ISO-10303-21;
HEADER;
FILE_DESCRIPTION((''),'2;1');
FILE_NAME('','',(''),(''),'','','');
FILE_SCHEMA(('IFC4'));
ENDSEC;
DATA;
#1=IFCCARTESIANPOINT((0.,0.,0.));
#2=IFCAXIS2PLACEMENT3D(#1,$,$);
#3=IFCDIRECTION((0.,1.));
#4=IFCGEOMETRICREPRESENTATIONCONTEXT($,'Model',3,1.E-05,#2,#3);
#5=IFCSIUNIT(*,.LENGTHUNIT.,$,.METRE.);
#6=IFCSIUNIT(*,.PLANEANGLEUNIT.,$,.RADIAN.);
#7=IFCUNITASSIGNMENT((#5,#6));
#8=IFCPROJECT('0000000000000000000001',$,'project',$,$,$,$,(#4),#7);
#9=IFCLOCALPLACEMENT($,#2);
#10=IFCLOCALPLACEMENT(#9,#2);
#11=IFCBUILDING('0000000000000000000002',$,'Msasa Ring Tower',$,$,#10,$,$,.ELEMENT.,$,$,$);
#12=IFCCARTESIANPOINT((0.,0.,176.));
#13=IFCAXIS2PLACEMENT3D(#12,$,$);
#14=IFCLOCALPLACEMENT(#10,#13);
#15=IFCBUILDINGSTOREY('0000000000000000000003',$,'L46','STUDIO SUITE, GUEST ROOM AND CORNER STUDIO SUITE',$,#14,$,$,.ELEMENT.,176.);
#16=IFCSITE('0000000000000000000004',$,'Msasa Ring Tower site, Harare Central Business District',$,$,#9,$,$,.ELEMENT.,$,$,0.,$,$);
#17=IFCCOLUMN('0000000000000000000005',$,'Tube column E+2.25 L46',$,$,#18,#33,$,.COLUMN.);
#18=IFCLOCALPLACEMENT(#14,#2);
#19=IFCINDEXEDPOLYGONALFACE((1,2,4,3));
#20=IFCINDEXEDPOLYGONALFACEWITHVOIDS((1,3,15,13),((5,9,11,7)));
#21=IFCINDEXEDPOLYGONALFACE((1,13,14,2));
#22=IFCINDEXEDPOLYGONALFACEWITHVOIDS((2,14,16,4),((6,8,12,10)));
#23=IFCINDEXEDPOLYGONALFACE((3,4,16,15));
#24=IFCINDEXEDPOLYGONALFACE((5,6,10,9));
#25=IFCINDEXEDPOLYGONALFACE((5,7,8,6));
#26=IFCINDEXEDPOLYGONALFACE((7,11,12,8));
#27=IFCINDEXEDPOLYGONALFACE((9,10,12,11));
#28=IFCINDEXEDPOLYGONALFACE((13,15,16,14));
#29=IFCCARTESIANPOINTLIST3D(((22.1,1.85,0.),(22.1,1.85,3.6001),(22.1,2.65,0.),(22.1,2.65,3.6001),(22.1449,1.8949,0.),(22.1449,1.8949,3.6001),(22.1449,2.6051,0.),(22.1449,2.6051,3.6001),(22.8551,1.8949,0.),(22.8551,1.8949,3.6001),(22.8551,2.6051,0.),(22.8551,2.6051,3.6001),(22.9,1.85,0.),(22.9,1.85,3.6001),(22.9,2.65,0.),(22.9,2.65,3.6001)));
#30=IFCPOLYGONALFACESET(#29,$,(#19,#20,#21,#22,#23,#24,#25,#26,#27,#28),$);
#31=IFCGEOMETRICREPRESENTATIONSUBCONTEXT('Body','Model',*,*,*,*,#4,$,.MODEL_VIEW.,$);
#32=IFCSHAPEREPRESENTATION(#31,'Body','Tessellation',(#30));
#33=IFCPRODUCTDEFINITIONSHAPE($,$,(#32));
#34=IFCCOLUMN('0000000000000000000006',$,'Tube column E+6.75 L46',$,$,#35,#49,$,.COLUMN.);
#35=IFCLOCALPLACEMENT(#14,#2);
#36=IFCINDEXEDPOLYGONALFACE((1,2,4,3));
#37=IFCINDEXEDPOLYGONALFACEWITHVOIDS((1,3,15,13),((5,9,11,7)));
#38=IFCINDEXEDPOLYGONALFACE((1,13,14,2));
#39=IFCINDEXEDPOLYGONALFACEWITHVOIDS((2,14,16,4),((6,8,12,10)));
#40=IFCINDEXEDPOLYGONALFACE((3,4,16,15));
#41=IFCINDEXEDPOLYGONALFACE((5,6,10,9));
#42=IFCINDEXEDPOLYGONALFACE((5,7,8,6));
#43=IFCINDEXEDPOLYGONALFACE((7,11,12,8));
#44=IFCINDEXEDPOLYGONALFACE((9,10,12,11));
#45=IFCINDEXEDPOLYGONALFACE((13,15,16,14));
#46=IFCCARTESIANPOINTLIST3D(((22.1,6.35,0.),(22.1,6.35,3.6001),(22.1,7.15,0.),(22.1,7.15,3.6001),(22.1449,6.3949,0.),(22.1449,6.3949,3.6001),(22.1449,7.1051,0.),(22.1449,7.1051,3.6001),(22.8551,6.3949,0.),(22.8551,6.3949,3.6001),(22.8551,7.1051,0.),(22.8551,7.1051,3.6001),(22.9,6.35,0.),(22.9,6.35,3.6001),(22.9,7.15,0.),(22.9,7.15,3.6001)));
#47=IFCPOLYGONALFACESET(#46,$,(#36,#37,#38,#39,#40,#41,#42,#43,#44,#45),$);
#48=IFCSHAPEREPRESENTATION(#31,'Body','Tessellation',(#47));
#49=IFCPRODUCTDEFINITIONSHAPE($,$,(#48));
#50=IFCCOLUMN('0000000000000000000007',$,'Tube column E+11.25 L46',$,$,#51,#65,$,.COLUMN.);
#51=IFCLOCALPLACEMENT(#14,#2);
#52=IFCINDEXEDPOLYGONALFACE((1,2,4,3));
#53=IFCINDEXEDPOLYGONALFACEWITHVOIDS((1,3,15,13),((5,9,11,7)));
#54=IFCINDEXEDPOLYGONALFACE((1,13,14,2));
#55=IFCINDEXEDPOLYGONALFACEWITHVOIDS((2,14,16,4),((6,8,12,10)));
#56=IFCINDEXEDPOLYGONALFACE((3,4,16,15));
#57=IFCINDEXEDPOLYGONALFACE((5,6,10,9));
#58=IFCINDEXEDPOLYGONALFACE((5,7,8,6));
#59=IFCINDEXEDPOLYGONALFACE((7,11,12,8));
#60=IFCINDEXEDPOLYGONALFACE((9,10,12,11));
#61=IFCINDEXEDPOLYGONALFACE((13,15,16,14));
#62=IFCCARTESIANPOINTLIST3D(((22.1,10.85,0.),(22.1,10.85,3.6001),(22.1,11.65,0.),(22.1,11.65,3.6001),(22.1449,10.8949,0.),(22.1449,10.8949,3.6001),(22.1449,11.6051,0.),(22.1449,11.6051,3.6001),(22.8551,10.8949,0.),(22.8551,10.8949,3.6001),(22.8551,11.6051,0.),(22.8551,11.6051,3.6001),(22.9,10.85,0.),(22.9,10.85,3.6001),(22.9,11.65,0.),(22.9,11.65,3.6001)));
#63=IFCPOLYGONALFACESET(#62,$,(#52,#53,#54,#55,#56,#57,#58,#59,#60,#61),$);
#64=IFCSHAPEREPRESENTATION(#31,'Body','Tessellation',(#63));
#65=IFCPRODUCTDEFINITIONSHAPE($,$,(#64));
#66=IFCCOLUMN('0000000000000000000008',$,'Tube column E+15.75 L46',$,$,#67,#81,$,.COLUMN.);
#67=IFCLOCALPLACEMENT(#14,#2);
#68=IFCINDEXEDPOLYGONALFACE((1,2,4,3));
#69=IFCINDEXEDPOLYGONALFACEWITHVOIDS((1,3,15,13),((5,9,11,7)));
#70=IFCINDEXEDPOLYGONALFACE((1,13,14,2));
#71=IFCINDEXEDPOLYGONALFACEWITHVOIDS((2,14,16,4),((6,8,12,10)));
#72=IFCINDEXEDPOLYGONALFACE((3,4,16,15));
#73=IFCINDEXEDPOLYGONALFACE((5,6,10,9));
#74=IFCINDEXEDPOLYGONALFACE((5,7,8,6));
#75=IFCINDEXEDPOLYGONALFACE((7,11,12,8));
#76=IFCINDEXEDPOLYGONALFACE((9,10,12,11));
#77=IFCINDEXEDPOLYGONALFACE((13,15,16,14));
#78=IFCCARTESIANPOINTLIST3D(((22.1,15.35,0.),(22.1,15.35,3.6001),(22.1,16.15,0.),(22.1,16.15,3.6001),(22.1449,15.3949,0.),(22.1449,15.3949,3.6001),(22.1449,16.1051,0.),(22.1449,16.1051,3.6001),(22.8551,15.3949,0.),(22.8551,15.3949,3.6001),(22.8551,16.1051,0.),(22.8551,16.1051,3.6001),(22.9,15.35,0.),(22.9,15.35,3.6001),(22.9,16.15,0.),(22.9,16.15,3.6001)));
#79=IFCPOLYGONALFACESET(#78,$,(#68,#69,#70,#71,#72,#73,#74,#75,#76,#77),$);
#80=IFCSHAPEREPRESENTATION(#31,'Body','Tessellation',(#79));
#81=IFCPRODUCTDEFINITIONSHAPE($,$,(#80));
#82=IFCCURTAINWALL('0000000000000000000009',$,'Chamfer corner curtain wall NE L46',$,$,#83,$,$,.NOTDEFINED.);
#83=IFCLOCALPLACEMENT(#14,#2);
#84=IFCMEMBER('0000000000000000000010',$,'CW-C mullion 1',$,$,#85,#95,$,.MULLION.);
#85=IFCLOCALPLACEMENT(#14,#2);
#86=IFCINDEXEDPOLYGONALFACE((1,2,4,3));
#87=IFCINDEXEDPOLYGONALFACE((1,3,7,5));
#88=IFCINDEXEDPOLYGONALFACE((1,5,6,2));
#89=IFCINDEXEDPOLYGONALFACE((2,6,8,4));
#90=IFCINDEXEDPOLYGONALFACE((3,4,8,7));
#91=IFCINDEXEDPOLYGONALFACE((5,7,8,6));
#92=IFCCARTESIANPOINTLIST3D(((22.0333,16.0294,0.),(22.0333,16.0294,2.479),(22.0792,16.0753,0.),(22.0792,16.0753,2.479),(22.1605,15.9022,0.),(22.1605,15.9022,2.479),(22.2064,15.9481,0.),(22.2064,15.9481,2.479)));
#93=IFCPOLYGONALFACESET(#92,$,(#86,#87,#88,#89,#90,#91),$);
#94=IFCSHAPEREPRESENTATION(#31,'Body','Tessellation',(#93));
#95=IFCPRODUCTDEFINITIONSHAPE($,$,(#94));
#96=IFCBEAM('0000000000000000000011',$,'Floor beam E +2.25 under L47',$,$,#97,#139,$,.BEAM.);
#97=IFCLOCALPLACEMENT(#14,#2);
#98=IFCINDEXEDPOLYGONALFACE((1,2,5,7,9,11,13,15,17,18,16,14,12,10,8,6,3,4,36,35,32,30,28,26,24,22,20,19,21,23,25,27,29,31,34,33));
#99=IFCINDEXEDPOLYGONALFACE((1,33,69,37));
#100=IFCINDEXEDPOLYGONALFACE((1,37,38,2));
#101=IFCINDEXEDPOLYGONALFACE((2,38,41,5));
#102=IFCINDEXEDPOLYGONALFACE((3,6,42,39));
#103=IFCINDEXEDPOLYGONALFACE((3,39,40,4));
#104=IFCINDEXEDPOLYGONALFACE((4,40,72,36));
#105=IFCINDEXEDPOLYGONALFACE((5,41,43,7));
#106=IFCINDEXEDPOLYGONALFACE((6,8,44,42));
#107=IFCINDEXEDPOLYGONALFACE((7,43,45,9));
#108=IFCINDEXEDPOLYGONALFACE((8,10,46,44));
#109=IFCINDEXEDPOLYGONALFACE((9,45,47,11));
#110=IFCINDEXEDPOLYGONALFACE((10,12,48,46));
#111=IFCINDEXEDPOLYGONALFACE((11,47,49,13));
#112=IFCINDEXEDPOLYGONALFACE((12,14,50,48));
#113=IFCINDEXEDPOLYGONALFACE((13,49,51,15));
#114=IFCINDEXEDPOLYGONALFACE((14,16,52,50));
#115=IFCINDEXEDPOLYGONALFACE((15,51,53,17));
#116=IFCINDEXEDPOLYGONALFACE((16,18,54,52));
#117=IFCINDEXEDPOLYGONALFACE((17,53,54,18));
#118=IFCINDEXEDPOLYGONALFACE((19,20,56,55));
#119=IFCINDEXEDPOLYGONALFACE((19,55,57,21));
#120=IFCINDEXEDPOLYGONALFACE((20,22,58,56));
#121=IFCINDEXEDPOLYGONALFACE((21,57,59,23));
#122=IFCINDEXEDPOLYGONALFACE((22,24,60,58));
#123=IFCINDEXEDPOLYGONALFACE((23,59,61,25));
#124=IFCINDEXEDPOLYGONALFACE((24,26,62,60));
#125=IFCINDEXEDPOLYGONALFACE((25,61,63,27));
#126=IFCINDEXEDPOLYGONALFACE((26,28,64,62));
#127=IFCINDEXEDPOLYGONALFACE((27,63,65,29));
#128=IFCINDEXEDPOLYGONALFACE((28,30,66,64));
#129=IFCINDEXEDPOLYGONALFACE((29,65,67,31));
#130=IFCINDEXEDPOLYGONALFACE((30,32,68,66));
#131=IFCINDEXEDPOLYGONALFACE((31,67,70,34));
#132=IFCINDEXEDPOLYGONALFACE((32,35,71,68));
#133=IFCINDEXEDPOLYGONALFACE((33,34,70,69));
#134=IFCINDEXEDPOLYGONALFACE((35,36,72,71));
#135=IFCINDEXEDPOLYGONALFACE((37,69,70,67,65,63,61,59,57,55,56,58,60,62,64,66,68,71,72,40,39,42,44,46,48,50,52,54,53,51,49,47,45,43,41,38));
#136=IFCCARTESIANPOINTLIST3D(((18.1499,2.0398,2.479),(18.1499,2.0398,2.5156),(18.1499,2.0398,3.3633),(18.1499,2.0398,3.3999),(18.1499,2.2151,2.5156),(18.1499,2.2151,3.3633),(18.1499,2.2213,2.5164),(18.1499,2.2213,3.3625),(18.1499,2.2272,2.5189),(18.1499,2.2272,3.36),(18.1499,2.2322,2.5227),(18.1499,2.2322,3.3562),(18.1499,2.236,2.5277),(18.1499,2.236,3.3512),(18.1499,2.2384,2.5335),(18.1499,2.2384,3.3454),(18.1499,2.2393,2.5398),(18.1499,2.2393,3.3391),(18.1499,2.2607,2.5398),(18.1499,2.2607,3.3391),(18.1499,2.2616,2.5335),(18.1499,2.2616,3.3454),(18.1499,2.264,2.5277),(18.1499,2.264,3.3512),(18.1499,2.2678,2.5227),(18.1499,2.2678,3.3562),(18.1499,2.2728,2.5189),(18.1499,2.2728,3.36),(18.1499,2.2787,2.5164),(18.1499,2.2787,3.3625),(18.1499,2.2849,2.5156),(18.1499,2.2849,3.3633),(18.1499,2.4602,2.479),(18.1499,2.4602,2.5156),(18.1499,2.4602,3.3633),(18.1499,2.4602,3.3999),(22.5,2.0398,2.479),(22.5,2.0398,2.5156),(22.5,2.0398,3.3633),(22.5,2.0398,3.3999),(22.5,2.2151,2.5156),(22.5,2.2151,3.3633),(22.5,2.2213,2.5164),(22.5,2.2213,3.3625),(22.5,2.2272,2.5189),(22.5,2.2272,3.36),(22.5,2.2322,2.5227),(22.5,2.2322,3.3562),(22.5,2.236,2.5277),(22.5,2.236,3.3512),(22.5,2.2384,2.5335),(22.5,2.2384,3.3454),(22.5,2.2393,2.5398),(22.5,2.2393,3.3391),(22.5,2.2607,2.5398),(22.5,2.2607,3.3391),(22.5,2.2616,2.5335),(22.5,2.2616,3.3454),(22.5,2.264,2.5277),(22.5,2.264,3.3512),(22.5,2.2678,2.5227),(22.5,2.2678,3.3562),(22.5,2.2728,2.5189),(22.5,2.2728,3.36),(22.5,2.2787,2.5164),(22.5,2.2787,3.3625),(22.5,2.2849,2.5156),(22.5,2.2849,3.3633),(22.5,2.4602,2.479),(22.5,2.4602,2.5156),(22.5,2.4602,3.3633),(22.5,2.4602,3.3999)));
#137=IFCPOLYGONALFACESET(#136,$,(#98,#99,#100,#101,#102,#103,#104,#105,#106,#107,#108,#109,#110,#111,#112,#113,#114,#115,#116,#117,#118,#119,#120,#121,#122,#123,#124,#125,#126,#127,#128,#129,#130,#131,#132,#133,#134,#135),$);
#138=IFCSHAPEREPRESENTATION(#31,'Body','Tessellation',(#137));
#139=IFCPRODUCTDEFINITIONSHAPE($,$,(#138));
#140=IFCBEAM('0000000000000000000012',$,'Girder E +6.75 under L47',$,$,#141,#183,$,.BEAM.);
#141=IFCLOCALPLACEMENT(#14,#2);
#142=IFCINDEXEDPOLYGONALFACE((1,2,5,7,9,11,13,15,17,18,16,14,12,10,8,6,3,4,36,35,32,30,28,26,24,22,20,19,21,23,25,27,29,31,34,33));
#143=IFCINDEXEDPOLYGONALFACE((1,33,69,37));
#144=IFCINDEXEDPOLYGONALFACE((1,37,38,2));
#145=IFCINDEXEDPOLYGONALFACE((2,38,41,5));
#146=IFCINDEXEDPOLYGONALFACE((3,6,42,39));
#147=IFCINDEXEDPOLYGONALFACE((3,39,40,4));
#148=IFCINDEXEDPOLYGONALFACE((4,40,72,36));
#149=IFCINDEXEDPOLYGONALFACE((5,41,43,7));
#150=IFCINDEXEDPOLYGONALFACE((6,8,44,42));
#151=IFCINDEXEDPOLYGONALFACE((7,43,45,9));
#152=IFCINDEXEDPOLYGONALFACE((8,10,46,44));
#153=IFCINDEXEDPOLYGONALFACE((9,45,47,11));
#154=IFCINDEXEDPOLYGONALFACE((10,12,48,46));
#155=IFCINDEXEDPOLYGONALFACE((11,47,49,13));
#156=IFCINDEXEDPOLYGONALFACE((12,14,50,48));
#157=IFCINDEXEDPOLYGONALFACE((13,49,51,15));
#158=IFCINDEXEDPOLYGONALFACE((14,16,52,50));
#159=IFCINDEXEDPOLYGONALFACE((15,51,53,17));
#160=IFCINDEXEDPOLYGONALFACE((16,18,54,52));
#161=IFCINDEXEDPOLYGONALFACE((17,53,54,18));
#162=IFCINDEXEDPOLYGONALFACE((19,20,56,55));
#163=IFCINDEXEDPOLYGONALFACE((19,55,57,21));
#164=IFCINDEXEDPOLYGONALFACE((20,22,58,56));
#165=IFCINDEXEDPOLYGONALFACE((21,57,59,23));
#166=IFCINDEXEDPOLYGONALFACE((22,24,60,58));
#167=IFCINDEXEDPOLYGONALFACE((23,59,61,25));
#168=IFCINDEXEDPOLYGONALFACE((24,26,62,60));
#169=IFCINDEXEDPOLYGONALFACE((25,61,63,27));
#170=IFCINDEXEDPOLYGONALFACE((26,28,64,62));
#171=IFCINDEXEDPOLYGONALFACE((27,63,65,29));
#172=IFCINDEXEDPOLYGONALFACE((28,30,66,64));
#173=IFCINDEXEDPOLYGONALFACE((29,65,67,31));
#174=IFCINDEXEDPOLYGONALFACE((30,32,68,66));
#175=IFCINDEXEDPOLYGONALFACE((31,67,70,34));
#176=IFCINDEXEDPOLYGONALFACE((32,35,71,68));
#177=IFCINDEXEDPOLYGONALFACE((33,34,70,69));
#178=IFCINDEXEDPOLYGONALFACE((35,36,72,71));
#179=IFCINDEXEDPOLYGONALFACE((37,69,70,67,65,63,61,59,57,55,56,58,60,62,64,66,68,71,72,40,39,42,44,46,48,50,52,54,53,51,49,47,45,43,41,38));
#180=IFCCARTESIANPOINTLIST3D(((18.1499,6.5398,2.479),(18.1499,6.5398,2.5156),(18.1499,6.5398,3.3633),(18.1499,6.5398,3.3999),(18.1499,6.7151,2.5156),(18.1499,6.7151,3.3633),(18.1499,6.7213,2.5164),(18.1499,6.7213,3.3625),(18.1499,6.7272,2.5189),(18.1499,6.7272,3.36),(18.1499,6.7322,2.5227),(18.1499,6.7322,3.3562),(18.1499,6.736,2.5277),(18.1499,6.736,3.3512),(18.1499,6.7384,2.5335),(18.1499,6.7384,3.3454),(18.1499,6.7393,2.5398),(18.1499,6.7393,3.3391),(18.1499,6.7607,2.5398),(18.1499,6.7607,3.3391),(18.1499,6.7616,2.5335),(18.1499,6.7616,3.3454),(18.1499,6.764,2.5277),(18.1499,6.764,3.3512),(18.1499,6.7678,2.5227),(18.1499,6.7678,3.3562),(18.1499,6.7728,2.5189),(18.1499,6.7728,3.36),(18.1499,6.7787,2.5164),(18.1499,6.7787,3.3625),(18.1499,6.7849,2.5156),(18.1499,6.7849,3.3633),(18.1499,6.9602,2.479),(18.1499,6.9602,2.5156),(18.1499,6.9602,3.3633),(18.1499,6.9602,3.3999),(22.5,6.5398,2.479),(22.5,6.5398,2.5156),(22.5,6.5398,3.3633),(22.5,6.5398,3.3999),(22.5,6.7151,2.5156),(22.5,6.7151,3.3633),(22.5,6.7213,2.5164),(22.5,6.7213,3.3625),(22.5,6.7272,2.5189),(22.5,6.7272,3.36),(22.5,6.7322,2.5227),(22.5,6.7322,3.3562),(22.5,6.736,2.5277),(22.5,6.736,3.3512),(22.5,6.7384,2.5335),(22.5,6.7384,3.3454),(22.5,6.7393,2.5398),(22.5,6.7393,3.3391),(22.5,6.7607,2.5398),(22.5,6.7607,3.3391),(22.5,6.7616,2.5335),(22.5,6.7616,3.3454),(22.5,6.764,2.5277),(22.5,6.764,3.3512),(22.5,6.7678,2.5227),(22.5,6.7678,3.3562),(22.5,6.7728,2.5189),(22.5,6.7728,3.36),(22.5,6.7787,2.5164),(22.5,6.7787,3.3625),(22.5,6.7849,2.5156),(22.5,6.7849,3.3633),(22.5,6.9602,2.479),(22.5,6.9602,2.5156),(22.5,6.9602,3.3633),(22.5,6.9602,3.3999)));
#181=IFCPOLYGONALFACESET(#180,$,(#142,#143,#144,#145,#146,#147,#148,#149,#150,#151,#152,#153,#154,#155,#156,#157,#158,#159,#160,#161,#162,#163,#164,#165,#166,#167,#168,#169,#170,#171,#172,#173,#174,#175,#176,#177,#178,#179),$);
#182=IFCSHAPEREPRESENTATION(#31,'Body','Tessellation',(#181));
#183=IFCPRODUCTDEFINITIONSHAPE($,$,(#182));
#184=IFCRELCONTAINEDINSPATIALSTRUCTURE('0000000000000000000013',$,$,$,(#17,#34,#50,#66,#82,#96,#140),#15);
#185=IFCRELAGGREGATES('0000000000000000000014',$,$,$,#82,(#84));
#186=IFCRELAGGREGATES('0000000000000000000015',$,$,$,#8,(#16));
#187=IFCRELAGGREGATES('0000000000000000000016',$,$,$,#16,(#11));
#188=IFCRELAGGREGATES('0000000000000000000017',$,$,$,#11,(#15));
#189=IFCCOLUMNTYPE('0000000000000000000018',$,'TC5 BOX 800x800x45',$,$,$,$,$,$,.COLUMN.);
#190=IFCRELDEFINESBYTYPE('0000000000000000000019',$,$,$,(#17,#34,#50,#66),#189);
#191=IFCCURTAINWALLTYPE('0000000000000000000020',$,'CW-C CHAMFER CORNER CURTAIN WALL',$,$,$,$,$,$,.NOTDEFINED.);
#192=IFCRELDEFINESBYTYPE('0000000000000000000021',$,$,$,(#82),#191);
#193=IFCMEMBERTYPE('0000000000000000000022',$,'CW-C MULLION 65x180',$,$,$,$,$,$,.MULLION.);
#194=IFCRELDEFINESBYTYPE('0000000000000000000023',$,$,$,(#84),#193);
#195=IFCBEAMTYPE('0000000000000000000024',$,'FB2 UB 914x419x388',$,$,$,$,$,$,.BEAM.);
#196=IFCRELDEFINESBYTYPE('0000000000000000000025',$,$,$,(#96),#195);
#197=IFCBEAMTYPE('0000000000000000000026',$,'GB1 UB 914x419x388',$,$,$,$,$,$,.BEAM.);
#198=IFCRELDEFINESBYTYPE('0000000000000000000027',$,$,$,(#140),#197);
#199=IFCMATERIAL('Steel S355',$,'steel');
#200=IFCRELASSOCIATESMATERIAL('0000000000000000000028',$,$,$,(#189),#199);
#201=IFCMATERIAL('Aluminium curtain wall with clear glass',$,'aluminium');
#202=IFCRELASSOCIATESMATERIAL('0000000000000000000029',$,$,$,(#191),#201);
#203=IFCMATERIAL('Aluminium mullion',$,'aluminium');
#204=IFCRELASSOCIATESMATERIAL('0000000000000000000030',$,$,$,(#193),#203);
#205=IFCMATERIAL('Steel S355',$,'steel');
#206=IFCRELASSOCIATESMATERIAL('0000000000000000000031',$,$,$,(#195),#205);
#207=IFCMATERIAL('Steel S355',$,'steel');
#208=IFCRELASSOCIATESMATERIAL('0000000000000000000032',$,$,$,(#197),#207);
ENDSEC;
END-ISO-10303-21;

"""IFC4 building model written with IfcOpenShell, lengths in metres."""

from ifc_helpers import new_model, si_unit, direction, frame, origin, origin_2d, place, context, subcontext, project, spatial, rectangle, hollow_rectangle, i_section, extrude, material, material_profile, profile_set, type_object, element, aggregate, save


model = new_model("IFC4")

# Units and contexts
model_context = context("Model", 3, precision=1e-05, world=origin(), true_north=direction((0.0, 1.0)))
body_context = subcontext(model_context, "Body", "Model", "MODEL_VIEW")
ifc_project = project(units=[si_unit("LENGTHUNIT", "METRE"), si_unit("PLANEANGLEUNIT", "RADIAN")], contexts=[model_context])

# Site, building, storey
site_placement = place(None, origin())
site = spatial("IfcSite", under=ifc_project, at=site_placement, Name="Msasa Ring Tower site, Harare Central Business District", CompositionType="ELEMENT", RefElevation=0.0)
building_placement = place(site_placement, origin())
building = spatial("IfcBuilding", under=site, at=building_placement, Name="Msasa Ring Tower", CompositionType="ELEMENT")
storey_placement = place(building_placement, frame((0.0, 0.0, 176.0)))
storey = spatial("IfcBuildingStorey", under=building, at=storey_placement, Name="L46", Description="STUDIO SUITE, GUEST ROOM AND CORNER STUDIO SUITE", CompositionType="ELEMENT", Elevation=176.0)

# Columns
ifc_material_1 = material(Name="Steel S355", Category="steel")
ifc_material_profile_1 = material_profile(ifc_material_1, hollow_rectangle(XDim=0.8, YDim=0.8, WallThickness=0.0449, at=origin_2d()), Name="BOX 800x800x45")
ifc_profile_set_1 = profile_set([ifc_material_profile_1], Name="Steel S355")
column_type = type_object("IfcColumnType", Name="TC5 BOX 800x800x45", PredefinedType="COLUMN", material=ifc_profile_set_1)
for number, where, z_axis, x_axis, name in (
    (1, (22.5, 2.25, 0.0), (0.0, 0.0, 1.0), (1.0, 0.0, 0.0), "Tube column E+2.25 L46"),
    (2, (22.5, 6.75, 0.0), (0.0, 0.0, 1.0), (1.0, 0.0, 0.0), "Tube column E+6.75 L46"),
    (3, (22.5, 11.25, 0.0), (0.0, 0.0, 1.0), (1.0, 0.0, 0.0), "Tube column E+11.25 L46"),
    (4, (22.5, 15.75, 0.0), (0.0, 0.0, 1.0), (1.0, 0.0, 0.0), "Tube column E+15.75 L46"),
):
    element("IfcColumn", number, at=place(storey_placement, frame(where, z_axis=z_axis, x_axis=x_axis)), inside=storey, type_object=column_type, Name=name, PredefinedType="COLUMN", context=body_context, shape_type="SweptSolid", body=[
        extrude(hollow_rectangle(XDim=0.8, YDim=0.8, WallThickness=0.0449, at=origin_2d()), origin(), (0.0, 0.0, 1.0), 3.6001),
    ])

# Curtain wall, member
ifc_material_2 = material(Name="Aluminium curtain wall with clear glass", Category="aluminium")
curtain_wall_type = type_object("IfcCurtainWallType", Name="CW-C CHAMFER CORNER CURTAIN WALL", PredefinedType="NOTDEFINED", material=ifc_material_2)
curtain_wall_placement = place(storey_placement, origin())
curtain_wall = element("IfcCurtainWall", 5, at=curtain_wall_placement, inside=storey, type_object=curtain_wall_type, Name="Chamfer corner curtain wall NE L46", PredefinedType="NOTDEFINED")
ifc_material_3 = material(Name="Aluminium mullion", Category="aluminium")
ifc_material_profile_2 = material_profile(ifc_material_3, rectangle(XDim=0.0649, YDim=0.1799, at=origin_2d()), Name="AL 65x180")
ifc_profile_set_2 = profile_set([ifc_material_profile_2], Name="Aluminium mullion")
member_type = type_object("IfcMemberType", Name="CW-C MULLION 65x180", PredefinedType="MULLION", material=ifc_profile_set_2)
member_placement = place(storey_placement, frame((22.1199, 15.9888, 0.0), z_axis=(0.0, 0.0, 1.0), x_axis=(-0.707107, -0.707107, 0.0)))
member = element("IfcMember", 6, at=member_placement, type_object=member_type, Name="CW-C mullion 1", PredefinedType="MULLION", context=body_context, shape_type="SweptSolid", body=[
    extrude(rectangle(XDim=0.0649, YDim=0.1799, at=origin_2d()), origin(), (0.0, 0.0, 1.0), 2.479),
])
aggregate(curtain_wall, [member])

# Beams
ifc_material_4 = material(Name="Steel S355", Category="steel")
ifc_material_profile_3 = material_profile(ifc_material_4, i_section(OverallWidth=0.4204, OverallDepth=0.9209, WebThickness=0.0215, FlangeThickness=0.0366, FilletRadius=0.0242, at=origin_2d()), Name="UB 914x419x388")
ifc_profile_set_3 = profile_set([ifc_material_profile_3], Name="Steel S355")
beam_type_1 = type_object("IfcBeamType", Name="FB2 UB 914x419x388", PredefinedType="BEAM", material=ifc_profile_set_3)
beam_1_placement = place(storey_placement, frame((22.5, 2.25, 2.9395), z_axis=(-1.0, 0.0, 0.0), x_axis=(0.0, -1.0, 0.0)))
element("IfcBeam", 7, at=beam_1_placement, inside=storey, type_object=beam_type_1, Name="Floor beam E +2.25 under L47", PredefinedType="BEAM", context=body_context, shape_type="SweptSolid", body=[
    extrude(i_section(OverallWidth=0.4204, OverallDepth=0.9209, WebThickness=0.0215, FlangeThickness=0.0366, FilletRadius=0.0242, at=origin_2d()), origin(), (0.0, 0.0, 1.0), 4.3501),
])
ifc_material_5 = material(Name="Steel S355", Category="steel")
ifc_material_profile_4 = material_profile(ifc_material_5, i_section(OverallWidth=0.4204, OverallDepth=0.9209, WebThickness=0.0215, FlangeThickness=0.0366, FilletRadius=0.0242, at=origin_2d()), Name="UB 914x419x388")
ifc_profile_set_4 = profile_set([ifc_material_profile_4], Name="Steel S355")
beam_type_2 = type_object("IfcBeamType", Name="GB1 UB 914x419x388", PredefinedType="BEAM", material=ifc_profile_set_4)
beam_2_placement = place(storey_placement, frame((18.1499, 6.75, 2.9395), z_axis=(1.0, 0.0, 0.0), x_axis=(0.0, 1.0, 0.0)))
element("IfcBeam", 8, at=beam_2_placement, inside=storey, type_object=beam_type_2, Name="Girder E +6.75 under L47", PredefinedType="BEAM", context=body_context, shape_type="SweptSolid", body=[
    extrude(i_section(OverallWidth=0.4204, OverallDepth=0.9209, WebThickness=0.0215, FlangeThickness=0.0366, FilletRadius=0.0242, at=origin_2d()), origin(), (0.0, 0.0, 1.0), 4.3501),
])

save(model, "model.ifc")
